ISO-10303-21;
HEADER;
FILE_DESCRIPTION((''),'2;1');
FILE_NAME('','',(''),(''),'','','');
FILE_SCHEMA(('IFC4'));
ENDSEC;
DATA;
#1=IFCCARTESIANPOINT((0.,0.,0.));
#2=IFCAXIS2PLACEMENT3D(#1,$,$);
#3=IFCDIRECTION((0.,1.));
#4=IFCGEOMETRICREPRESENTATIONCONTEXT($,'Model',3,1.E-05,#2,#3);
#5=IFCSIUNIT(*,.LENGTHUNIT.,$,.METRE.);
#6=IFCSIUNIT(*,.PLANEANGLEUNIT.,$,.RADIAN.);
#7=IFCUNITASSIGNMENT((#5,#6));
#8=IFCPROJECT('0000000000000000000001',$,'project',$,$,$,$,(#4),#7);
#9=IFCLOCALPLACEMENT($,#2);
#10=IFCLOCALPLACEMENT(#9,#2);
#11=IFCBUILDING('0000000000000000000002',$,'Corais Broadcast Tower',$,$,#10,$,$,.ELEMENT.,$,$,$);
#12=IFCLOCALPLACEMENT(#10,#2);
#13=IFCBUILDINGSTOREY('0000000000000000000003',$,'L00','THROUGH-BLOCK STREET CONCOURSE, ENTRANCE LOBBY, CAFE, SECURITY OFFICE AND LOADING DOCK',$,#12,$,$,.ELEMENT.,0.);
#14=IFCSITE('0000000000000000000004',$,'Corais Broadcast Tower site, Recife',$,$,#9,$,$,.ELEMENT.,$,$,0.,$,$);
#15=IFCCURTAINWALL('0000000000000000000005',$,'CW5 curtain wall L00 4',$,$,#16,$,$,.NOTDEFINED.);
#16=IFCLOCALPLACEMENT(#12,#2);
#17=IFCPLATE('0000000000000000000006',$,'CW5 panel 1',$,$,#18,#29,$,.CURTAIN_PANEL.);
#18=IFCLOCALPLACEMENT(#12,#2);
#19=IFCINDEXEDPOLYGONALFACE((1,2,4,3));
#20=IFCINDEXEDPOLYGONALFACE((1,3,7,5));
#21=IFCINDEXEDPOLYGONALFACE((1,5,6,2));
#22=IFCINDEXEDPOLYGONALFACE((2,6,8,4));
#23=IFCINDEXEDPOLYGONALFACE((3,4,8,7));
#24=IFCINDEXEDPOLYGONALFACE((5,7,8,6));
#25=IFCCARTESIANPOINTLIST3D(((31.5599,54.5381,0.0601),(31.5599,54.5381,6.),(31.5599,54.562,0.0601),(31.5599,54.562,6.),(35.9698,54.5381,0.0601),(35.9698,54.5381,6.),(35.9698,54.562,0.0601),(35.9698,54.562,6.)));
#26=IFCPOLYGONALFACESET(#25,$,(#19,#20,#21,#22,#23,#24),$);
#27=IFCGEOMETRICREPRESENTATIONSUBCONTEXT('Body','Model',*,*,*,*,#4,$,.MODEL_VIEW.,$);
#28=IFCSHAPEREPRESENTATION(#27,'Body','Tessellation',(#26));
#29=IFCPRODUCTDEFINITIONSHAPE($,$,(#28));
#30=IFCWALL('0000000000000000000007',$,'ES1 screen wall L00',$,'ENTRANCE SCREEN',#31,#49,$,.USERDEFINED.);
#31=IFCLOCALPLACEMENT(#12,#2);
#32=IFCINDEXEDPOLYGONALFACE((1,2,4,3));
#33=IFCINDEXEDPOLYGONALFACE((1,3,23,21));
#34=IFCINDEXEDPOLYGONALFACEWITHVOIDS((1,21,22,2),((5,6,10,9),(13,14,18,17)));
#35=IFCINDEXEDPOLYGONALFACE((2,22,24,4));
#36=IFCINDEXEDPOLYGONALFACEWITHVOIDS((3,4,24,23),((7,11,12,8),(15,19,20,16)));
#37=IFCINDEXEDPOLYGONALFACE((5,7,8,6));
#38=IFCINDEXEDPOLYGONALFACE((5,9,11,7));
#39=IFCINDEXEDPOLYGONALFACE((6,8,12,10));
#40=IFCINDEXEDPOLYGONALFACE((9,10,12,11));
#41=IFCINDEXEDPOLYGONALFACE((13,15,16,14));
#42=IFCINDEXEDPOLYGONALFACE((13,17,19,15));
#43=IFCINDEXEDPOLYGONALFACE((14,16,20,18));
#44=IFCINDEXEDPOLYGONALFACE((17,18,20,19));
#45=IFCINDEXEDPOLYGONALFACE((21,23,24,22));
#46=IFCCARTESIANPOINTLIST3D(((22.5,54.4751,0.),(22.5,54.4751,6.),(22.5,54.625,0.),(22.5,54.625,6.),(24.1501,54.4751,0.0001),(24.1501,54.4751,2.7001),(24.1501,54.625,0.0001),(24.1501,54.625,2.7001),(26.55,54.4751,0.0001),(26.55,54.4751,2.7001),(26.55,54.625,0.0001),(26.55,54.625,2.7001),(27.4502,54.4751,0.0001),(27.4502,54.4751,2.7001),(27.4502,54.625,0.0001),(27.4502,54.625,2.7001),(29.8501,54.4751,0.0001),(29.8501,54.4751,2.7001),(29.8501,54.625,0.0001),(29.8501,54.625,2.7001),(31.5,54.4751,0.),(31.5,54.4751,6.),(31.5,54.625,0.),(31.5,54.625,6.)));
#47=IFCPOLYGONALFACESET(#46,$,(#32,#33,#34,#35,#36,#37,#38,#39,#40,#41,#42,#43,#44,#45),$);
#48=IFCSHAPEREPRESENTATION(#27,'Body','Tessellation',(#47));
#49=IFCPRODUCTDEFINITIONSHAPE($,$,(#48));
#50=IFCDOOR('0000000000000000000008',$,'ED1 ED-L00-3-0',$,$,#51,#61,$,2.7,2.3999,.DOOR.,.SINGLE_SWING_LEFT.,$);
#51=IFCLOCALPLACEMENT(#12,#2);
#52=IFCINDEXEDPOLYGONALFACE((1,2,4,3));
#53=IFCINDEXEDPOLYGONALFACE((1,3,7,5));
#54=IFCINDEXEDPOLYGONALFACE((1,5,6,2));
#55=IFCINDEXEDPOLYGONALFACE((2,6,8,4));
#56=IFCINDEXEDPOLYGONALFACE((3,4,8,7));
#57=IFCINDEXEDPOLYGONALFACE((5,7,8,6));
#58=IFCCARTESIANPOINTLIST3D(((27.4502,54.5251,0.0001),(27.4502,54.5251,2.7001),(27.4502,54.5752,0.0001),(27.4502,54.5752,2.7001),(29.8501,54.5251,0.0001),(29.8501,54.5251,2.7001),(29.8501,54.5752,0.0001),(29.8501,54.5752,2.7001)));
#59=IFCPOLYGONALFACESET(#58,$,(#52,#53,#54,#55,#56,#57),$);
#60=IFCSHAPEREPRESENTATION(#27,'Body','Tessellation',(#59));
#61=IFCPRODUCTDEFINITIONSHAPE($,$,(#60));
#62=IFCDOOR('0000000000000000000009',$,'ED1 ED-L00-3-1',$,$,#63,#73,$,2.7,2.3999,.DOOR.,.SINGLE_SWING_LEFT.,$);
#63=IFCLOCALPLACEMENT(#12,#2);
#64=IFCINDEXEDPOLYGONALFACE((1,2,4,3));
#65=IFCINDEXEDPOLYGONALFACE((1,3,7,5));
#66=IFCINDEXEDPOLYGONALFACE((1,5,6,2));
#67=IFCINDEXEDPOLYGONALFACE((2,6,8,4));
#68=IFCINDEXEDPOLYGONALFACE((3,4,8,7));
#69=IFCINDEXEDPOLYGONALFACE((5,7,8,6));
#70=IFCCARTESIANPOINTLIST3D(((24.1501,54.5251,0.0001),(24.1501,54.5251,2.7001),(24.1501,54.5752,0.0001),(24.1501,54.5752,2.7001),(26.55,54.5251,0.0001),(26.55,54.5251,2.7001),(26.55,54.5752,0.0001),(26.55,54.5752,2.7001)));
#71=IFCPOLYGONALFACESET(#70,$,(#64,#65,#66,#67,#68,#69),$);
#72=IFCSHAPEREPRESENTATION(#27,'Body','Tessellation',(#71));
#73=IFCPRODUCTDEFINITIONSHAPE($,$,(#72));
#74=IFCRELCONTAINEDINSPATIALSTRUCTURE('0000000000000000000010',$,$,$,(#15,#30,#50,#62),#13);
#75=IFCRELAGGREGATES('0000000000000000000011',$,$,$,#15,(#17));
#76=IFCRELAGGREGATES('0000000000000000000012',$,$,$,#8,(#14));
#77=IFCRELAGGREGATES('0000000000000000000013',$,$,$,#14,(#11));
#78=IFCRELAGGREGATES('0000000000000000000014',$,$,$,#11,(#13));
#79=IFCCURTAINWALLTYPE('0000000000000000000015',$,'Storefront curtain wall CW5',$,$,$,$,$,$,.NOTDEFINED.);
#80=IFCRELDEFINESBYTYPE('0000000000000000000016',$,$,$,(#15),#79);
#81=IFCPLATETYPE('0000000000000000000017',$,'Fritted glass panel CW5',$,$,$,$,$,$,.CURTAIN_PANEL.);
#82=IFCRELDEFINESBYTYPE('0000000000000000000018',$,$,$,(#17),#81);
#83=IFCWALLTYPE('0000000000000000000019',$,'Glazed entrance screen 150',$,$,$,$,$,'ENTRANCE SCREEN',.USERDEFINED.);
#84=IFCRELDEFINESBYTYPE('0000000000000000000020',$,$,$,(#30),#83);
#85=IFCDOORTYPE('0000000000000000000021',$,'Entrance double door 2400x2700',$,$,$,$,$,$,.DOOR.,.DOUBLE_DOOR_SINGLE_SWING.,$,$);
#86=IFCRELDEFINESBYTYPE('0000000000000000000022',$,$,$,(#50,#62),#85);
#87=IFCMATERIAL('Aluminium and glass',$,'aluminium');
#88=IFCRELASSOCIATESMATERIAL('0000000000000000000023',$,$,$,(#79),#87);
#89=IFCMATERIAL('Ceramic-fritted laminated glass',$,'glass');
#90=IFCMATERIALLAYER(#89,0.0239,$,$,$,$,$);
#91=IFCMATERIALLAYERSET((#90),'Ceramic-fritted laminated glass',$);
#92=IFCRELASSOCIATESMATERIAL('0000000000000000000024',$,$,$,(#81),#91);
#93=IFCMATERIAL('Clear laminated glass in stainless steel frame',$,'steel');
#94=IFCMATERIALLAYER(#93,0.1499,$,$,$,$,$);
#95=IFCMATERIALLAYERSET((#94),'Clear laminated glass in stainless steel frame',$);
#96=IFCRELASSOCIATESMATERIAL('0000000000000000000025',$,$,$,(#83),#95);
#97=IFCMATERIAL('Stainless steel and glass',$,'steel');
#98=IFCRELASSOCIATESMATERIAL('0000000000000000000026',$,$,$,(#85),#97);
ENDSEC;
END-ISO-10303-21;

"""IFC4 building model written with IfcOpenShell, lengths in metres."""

from ifc_helpers import new_model, si_unit, direction, frame, frame_2d, origin, origin_2d, place, context, subcontext, project, spatial, rectangle, extrude, material, layer, layer_set, type_object, element, fill, aggregate, save


model = new_model("IFC4")

# Units and contexts
model_context = context("Model", 3, precision=1e-05, world=origin(), true_north=direction((0.0, 1.0)))
body_context = subcontext(model_context, "Body", "Model", "MODEL_VIEW")
ifc_project = project(units=[si_unit("LENGTHUNIT", "METRE"), si_unit("PLANEANGLEUNIT", "RADIAN")], contexts=[model_context])

# Site, building, storey
site_placement = place(None, origin())
site = spatial("IfcSite", under=ifc_project, at=site_placement, Name="Corais Broadcast Tower site, Recife", CompositionType="ELEMENT", RefElevation=0.0)
building_placement = place(site_placement, origin())
building = spatial("IfcBuilding", under=site, at=building_placement, Name="Corais Broadcast Tower", CompositionType="ELEMENT")
storey_placement = place(building_placement, origin())
storey = spatial("IfcBuildingStorey", under=building, at=storey_placement, Name="L00", Description="THROUGH-BLOCK STREET CONCOURSE, ENTRANCE LOBBY, CAFE, SECURITY OFFICE AND LOADING DOCK", CompositionType="ELEMENT", Elevation=0.0)

# Shared definitions
ifc_material_1 = material(Name="Aluminium and glass", Category="aluminium")
curtain_wall_type = type_object("IfcCurtainWallType", Name="Storefront curtain wall CW5", PredefinedType="NOTDEFINED", material=ifc_material_1)

# Curtain wall, plate
curtain_wall_1_placement = place(storey_placement, origin())
curtain_wall_1 = element("IfcCurtainWall", 1, at=curtain_wall_1_placement, inside=storey, type_object=curtain_wall_type, Name="CW5 curtain wall L00 4", PredefinedType="NOTDEFINED")
ifc_material_2 = material(Name="Ceramic-fritted laminated glass", Category="glass")
ifc_layer_1 = layer(ifc_material_2, 0.0239)
ifc_layer_set_1 = layer_set([ifc_layer_1], Name="Ceramic-fritted laminated glass")
plate_type = type_object("IfcPlateType", Name="Fritted glass panel CW5", PredefinedType="CURTAIN_PANEL", material=ifc_layer_set_1)
plate_placement = place(storey_placement, frame((33.7649, 54.55, 0.0601), z_axis=(0.0, 0.0, 1.0), x_axis=(1.0, 0.0, 0.0)))
plate = element("IfcPlate", 2, at=plate_placement, type_object=plate_type, Name="CW5 panel 1", PredefinedType="CURTAIN_PANEL", context=body_context, shape_type="SweptSolid", body=[
    extrude(rectangle(XDim=4.4099, YDim=0.0239, at=origin_2d()), origin(), (0.0, 0.0, 1.0), 5.9399),
])
aggregate(curtain_wall_1, [plate])

# Wall, openings, doors
ifc_material_3 = material(Name="Clear laminated glass in stainless steel frame", Category="steel")
ifc_layer_2 = layer(ifc_material_3, 0.1499)
ifc_layer_set_2 = layer_set([ifc_layer_2], Name="Clear laminated glass in stainless steel frame")
wall_type = type_object("IfcWallType", Name="Glazed entrance screen 150", ElementType="ENTRANCE SCREEN", PredefinedType="USERDEFINED", material=ifc_layer_set_2)
wall_placement = place(storey_placement, frame((31.5, 54.55, 0.0), z_axis=(0.0, 0.0, 1.0), x_axis=(-1.0, 0.0, 0.0)))
wall = element("IfcWall", 3, at=wall_placement, inside=storey, type_object=wall_type, Name="ES1 screen wall L00", ObjectType="ENTRANCE SCREEN", PredefinedType="USERDEFINED", context=body_context, shape_type="SweptSolid", body=[
    extrude(rectangle(XDim=9.0, YDim=0.1499, at=frame_2d((4.5, 0.0))), origin(), (0.0, 0.0, 1.0), 6.0),
])
opening_1_placement = place(wall_placement, frame((1.6499, 0.0, 0.0)))
opening_1 = element("IfcOpeningElement", 4, at=opening_1_placement, cuts=wall, PredefinedType="OPENING", context=body_context, shape_type="SweptSolid", body=[
    extrude(rectangle(XDim=2.3999, YDim=2.7, at=frame_2d((1.2, 1.3501))), frame((0.0, 0.085, 0.0), z_axis=(0.0, -1.0, 0.0), x_axis=(1.0, 0.0, 0.0)), (0.0, 0.0, 1.0), 0.1699),
])
opening_2_placement = place(wall_placement, frame((4.95, 0.0, 0.0)))
opening_2 = element("IfcOpeningElement", 5, at=opening_2_placement, cuts=wall, PredefinedType="OPENING", context=body_context, shape_type="SweptSolid", body=[
    extrude(rectangle(XDim=2.3999, YDim=2.7, at=frame_2d((1.2, 1.3501))), frame((0.0, 0.085, 0.0), z_axis=(0.0, -1.0, 0.0), x_axis=(1.0, 0.0, 0.0)), (0.0, 0.0, 1.0), 0.1699),
])
ifc_material_4 = material(Name="Stainless steel and glass", Category="steel")
door_type = type_object("IfcDoorType", Name="Entrance double door 2400x2700", OperationType="DOUBLE_DOOR_SINGLE_SWING", PredefinedType="DOOR", material=ifc_material_4)
door_1_placement = place(opening_1_placement, origin())
door_1 = element("IfcDoor", 6, at=door_1_placement, inside=storey, type_object=door_type, Name="ED1 ED-L00-3-0", OperationType="SINGLE_SWING_LEFT", OverallHeight=2.7, OverallWidth=2.3999, PredefinedType="DOOR", context=body_context, shape_type="SweptSolid", body=[
    extrude(rectangle(XDim=2.3999, YDim=2.7, at=frame_2d((1.2, 1.3501))), frame((0.0, 0.0249, 0.0), z_axis=(0.0, -1.0, 0.0), x_axis=(1.0, 0.0, 0.0)), (0.0, 0.0, 1.0), 0.05),
])
fill(opening_1, door_1)
door_2_placement = place(opening_2_placement, origin())
door_2 = element("IfcDoor", 7, at=door_2_placement, inside=storey, type_object=door_type, Name="ED1 ED-L00-3-1", OperationType="SINGLE_SWING_LEFT", OverallHeight=2.7, OverallWidth=2.3999, PredefinedType="DOOR", context=body_context, shape_type="SweptSolid", body=[
    extrude(rectangle(XDim=2.3999, YDim=2.7, at=frame_2d((1.2, 1.3501))), frame((0.0, 0.0249, 0.0), z_axis=(0.0, -1.0, 0.0), x_axis=(1.0, 0.0, 0.0)), (0.0, 0.0, 1.0), 0.05),
])
fill(opening_2, door_2)

save(model, "model.ifc")
